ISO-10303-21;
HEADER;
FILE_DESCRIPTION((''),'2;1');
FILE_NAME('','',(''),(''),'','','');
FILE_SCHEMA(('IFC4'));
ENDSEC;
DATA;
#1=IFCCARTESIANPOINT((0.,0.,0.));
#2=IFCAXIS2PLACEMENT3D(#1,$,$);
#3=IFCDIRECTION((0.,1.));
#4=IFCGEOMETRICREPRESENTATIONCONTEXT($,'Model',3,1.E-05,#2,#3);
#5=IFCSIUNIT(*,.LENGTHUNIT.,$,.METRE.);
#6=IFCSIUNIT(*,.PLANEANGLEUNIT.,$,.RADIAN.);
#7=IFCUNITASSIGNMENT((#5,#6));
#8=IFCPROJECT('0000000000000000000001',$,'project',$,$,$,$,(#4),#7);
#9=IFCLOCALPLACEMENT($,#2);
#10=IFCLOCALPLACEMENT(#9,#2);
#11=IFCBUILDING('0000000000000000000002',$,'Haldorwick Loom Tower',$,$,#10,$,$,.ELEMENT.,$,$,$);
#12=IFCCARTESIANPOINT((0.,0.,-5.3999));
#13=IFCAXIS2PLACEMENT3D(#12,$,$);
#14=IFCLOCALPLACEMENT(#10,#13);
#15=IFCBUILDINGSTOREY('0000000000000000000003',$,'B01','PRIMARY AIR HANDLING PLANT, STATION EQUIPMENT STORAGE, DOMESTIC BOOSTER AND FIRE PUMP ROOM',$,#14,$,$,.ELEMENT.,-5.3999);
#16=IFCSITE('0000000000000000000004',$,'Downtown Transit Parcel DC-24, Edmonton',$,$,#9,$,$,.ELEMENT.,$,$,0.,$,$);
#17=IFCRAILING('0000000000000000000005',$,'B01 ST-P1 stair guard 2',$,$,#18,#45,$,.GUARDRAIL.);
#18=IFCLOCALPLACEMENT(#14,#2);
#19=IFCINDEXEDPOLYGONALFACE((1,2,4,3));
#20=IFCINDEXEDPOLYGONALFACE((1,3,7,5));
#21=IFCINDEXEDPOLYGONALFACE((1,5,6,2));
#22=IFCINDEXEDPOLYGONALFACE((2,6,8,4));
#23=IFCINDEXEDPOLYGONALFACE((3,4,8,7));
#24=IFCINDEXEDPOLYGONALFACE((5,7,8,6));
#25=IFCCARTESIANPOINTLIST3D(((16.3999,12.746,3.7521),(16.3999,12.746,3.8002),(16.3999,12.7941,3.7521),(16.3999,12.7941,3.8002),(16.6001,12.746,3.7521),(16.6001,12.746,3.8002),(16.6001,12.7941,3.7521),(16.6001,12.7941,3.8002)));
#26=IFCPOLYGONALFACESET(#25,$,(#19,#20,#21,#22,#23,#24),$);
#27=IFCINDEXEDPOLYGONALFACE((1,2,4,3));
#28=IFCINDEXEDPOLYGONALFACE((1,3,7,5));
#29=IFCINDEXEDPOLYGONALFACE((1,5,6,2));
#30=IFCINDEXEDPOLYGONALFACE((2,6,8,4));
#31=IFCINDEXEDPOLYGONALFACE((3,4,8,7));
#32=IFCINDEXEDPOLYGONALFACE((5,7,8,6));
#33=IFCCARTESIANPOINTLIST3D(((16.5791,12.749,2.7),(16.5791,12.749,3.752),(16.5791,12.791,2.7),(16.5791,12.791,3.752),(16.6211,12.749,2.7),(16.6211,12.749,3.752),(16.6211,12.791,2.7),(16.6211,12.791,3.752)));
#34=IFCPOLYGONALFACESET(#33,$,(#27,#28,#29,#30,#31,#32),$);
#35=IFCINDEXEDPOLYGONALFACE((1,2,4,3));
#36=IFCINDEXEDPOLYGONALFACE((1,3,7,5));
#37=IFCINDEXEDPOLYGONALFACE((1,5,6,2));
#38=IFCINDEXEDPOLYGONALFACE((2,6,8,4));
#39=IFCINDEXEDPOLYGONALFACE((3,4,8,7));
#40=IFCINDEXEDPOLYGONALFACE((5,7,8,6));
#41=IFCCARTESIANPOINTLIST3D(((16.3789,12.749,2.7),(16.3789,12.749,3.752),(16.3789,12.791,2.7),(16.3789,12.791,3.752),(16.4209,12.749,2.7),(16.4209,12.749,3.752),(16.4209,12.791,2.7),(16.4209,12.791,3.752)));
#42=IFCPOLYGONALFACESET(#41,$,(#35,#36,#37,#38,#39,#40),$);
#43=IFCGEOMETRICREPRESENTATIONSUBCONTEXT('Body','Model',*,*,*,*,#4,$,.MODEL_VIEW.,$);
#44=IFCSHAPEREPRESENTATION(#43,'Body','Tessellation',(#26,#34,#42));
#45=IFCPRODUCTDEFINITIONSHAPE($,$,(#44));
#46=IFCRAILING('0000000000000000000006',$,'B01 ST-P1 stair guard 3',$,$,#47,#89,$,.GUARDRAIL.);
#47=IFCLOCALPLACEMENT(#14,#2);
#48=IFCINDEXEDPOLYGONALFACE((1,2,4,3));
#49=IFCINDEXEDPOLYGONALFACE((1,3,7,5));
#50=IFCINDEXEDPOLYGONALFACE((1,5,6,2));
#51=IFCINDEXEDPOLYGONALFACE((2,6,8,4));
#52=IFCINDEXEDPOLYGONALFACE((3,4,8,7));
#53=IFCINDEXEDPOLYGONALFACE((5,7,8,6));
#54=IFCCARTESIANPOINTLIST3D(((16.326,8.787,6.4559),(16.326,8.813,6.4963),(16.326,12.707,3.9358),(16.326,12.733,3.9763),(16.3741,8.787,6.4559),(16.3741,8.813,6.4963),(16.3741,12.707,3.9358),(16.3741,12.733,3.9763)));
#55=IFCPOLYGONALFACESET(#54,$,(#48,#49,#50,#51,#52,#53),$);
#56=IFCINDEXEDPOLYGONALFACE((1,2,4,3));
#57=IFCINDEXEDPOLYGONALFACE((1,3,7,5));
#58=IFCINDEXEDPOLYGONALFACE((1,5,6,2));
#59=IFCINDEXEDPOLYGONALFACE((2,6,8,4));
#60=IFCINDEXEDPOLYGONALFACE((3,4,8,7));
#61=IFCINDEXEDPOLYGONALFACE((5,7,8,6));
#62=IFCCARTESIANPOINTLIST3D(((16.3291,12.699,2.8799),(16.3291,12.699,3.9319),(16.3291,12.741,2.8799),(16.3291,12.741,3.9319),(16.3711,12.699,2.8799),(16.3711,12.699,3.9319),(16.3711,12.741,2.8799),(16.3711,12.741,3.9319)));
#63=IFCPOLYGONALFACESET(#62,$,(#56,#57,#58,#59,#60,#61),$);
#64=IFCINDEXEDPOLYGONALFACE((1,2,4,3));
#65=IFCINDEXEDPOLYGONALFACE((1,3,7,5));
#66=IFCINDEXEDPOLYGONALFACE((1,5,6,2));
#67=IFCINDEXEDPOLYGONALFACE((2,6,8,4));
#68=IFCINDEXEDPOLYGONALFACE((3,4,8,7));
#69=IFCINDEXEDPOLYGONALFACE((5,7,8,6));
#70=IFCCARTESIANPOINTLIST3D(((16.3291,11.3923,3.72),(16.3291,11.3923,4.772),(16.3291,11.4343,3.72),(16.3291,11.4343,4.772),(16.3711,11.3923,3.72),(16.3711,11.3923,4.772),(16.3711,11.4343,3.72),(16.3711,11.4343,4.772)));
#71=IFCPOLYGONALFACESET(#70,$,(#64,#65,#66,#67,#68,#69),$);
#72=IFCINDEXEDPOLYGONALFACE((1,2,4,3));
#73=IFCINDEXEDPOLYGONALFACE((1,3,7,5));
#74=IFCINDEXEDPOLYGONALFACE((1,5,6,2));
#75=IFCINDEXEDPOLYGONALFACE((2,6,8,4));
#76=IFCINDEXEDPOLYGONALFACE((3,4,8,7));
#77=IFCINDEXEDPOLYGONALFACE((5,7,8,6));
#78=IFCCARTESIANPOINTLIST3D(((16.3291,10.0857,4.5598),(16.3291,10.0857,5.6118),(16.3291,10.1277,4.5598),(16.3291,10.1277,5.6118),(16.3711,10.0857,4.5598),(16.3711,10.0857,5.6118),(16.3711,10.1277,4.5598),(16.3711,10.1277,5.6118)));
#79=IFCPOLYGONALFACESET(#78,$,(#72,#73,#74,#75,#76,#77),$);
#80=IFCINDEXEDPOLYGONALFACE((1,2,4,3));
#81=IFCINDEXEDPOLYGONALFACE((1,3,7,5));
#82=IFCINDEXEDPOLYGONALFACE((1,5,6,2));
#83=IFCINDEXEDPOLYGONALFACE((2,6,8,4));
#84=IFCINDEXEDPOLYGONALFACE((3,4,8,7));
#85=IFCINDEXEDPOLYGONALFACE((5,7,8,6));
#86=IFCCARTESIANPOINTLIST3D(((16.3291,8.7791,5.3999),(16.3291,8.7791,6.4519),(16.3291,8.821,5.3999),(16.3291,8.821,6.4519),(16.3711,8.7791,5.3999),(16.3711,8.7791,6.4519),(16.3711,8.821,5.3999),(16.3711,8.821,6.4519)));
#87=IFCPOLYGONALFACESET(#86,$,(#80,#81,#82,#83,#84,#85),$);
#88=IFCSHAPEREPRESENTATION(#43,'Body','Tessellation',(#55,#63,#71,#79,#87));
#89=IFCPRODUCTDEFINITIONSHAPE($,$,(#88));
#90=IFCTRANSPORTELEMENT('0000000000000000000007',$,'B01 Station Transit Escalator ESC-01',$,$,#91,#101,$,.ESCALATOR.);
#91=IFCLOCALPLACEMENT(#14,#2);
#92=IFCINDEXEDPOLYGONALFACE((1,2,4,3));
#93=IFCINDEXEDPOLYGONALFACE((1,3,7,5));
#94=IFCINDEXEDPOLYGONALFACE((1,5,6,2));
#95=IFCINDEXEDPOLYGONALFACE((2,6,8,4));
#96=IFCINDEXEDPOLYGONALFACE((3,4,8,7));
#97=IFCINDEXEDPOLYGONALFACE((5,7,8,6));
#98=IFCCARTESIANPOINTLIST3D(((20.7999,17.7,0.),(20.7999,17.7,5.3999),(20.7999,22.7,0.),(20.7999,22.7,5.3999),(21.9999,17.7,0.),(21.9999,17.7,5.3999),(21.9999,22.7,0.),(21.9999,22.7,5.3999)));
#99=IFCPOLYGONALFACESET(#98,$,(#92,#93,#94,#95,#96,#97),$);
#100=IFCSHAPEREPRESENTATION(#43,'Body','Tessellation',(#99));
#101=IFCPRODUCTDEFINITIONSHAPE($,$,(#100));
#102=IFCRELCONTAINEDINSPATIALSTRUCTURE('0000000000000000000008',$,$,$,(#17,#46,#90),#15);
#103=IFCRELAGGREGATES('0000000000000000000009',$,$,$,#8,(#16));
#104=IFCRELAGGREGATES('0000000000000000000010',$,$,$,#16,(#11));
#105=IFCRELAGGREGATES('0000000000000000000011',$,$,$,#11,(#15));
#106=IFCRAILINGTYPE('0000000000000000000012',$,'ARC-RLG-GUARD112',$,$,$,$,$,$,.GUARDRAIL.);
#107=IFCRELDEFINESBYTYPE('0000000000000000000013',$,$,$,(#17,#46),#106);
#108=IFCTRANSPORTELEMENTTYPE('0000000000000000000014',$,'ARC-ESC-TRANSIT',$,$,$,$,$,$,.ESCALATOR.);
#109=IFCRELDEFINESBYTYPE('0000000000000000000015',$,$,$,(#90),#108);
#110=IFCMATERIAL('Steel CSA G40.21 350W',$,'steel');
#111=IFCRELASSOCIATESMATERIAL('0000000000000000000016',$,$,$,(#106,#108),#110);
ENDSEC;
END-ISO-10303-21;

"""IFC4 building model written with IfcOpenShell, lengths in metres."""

from ifc_helpers import new_model, si_unit, direction, frame, origin, origin_2d, place, context, subcontext, project, spatial, rectangle, extrude, material, type_object, element, save


model = new_model("IFC4")

# Units and contexts
model_context = context("Model", 3, precision=1e-05, world=origin(), true_north=direction((0.0, 1.0)))
body_context = subcontext(model_context, "Body", "Model", "MODEL_VIEW")
ifc_project = project(units=[si_unit("LENGTHUNIT", "METRE"), si_unit("PLANEANGLEUNIT", "RADIAN")], contexts=[model_context])

# Site, building, storey
site_placement = place(None, origin())
site = spatial("IfcSite", under=ifc_project, at=site_placement, Name="Downtown Transit Parcel DC-24, Edmonton", CompositionType="ELEMENT", RefElevation=0.0)
building_placement = place(site_placement, origin())
building = spatial("IfcBuilding", under=site, at=building_placement, Name="Haldorwick Loom Tower", CompositionType="ELEMENT")
storey_placement = place(building_placement, frame((0.0, 0.0, -5.3999)))
storey = spatial("IfcBuildingStorey", under=building, at=storey_placement, Name="B01", Description="PRIMARY AIR HANDLING PLANT, STATION EQUIPMENT STORAGE, DOMESTIC BOOSTER AND FIRE PUMP ROOM", CompositionType="ELEMENT", Elevation=-5.3999)

# Shared definitions
ifc_material_1 = material(Name="Steel CSA G40.21 350W", Category="steel")

# Railings
railing_type = type_object("IfcRailingType", Name="ARC-RLG-GUARD112", PredefinedType="GUARDRAIL", material=ifc_material_1)
railing_1_placement = place(storey_placement, frame((16.6001, 12.77, 2.7)))
element("IfcRailing", 1, at=railing_1_placement, inside=storey, type_object=railing_type, Name="B01 ST-P1 stair guard 2", PredefinedType="GUARDRAIL", context=body_context, shape_type="SweptSolid", body=[
    extrude(rectangle(XDim=0.0481, YDim=0.0481, at=origin_2d()), frame((0.0, 0.0, 1.0762), z_axis=(-1.0, 0.0, 0.0), x_axis=(0.0, -1.0, 0.0)), (0.0, 0.0, 1.0), 0.2002),
    extrude(rectangle(XDim=0.042, YDim=0.042, at=origin_2d()), origin(), (0.0, 0.0, 1.0), 1.052),
    extrude(rectangle(XDim=0.042, YDim=0.042, at=origin_2d()), frame((-0.2002, 0.0, 0.0)), (0.0, 0.0, 1.0), 1.052),
])
railing_2_placement = place(storey_placement, frame((16.3501, 12.72, 2.8799)))
element("IfcRailing", 2, at=railing_2_placement, inside=storey, type_object=railing_type, Name="B01 ST-P1 stair guard 3", PredefinedType="GUARDRAIL", context=body_context, shape_type="SweptSolid", body=[
    extrude(rectangle(XDim=0.0481, YDim=0.0481, at=origin_2d()), frame((0.0, 0.0, 1.0762), z_axis=(0.0, -0.841172, 0.540768), x_axis=(1.0, 0.0, 0.0)), (0.0, 0.0, 1.0), 4.6602),
    extrude(rectangle(XDim=0.042, YDim=0.042, at=origin_2d()), origin(), (0.0, 0.0, 1.0), 1.052),
    extrude(rectangle(XDim=0.042, YDim=0.042, at=origin_2d()), frame((0.0, -1.3066, 0.8401)), (0.0, 0.0, 1.0), 1.052),
    extrude(rectangle(XDim=0.042, YDim=0.042, at=origin_2d()), frame((0.0, -2.6133, 1.6799)), (0.0, 0.0, 1.0), 1.052),
    extrude(rectangle(XDim=0.042, YDim=0.042, at=origin_2d()), frame((0.0, -3.9199, 2.52)), (0.0, 0.0, 1.0), 1.052),
])

# Transport element
transport_element_type = type_object("IfcTransportElementType", Name="ARC-ESC-TRANSIT", PredefinedType="ESCALATOR", material=ifc_material_1)
transport_element_placement = place(storey_placement, frame((21.3999, 20.2, 0.0), z_axis=(0.0, 0.0, 1.0), x_axis=(1.0, 0.0, 0.0)))
element("IfcTransportElement", 3, at=transport_element_placement, inside=storey, type_object=transport_element_type, Name="B01 Station Transit Escalator ESC-01", PredefinedType="ESCALATOR", context=body_context, shape_type="SweptSolid", body=[
    extrude(rectangle(XDim=1.2, YDim=5.0, at=origin_2d()), origin(), (0.0, 0.0, 1.0), 5.3999),
])

save(model, "model.ifc")
